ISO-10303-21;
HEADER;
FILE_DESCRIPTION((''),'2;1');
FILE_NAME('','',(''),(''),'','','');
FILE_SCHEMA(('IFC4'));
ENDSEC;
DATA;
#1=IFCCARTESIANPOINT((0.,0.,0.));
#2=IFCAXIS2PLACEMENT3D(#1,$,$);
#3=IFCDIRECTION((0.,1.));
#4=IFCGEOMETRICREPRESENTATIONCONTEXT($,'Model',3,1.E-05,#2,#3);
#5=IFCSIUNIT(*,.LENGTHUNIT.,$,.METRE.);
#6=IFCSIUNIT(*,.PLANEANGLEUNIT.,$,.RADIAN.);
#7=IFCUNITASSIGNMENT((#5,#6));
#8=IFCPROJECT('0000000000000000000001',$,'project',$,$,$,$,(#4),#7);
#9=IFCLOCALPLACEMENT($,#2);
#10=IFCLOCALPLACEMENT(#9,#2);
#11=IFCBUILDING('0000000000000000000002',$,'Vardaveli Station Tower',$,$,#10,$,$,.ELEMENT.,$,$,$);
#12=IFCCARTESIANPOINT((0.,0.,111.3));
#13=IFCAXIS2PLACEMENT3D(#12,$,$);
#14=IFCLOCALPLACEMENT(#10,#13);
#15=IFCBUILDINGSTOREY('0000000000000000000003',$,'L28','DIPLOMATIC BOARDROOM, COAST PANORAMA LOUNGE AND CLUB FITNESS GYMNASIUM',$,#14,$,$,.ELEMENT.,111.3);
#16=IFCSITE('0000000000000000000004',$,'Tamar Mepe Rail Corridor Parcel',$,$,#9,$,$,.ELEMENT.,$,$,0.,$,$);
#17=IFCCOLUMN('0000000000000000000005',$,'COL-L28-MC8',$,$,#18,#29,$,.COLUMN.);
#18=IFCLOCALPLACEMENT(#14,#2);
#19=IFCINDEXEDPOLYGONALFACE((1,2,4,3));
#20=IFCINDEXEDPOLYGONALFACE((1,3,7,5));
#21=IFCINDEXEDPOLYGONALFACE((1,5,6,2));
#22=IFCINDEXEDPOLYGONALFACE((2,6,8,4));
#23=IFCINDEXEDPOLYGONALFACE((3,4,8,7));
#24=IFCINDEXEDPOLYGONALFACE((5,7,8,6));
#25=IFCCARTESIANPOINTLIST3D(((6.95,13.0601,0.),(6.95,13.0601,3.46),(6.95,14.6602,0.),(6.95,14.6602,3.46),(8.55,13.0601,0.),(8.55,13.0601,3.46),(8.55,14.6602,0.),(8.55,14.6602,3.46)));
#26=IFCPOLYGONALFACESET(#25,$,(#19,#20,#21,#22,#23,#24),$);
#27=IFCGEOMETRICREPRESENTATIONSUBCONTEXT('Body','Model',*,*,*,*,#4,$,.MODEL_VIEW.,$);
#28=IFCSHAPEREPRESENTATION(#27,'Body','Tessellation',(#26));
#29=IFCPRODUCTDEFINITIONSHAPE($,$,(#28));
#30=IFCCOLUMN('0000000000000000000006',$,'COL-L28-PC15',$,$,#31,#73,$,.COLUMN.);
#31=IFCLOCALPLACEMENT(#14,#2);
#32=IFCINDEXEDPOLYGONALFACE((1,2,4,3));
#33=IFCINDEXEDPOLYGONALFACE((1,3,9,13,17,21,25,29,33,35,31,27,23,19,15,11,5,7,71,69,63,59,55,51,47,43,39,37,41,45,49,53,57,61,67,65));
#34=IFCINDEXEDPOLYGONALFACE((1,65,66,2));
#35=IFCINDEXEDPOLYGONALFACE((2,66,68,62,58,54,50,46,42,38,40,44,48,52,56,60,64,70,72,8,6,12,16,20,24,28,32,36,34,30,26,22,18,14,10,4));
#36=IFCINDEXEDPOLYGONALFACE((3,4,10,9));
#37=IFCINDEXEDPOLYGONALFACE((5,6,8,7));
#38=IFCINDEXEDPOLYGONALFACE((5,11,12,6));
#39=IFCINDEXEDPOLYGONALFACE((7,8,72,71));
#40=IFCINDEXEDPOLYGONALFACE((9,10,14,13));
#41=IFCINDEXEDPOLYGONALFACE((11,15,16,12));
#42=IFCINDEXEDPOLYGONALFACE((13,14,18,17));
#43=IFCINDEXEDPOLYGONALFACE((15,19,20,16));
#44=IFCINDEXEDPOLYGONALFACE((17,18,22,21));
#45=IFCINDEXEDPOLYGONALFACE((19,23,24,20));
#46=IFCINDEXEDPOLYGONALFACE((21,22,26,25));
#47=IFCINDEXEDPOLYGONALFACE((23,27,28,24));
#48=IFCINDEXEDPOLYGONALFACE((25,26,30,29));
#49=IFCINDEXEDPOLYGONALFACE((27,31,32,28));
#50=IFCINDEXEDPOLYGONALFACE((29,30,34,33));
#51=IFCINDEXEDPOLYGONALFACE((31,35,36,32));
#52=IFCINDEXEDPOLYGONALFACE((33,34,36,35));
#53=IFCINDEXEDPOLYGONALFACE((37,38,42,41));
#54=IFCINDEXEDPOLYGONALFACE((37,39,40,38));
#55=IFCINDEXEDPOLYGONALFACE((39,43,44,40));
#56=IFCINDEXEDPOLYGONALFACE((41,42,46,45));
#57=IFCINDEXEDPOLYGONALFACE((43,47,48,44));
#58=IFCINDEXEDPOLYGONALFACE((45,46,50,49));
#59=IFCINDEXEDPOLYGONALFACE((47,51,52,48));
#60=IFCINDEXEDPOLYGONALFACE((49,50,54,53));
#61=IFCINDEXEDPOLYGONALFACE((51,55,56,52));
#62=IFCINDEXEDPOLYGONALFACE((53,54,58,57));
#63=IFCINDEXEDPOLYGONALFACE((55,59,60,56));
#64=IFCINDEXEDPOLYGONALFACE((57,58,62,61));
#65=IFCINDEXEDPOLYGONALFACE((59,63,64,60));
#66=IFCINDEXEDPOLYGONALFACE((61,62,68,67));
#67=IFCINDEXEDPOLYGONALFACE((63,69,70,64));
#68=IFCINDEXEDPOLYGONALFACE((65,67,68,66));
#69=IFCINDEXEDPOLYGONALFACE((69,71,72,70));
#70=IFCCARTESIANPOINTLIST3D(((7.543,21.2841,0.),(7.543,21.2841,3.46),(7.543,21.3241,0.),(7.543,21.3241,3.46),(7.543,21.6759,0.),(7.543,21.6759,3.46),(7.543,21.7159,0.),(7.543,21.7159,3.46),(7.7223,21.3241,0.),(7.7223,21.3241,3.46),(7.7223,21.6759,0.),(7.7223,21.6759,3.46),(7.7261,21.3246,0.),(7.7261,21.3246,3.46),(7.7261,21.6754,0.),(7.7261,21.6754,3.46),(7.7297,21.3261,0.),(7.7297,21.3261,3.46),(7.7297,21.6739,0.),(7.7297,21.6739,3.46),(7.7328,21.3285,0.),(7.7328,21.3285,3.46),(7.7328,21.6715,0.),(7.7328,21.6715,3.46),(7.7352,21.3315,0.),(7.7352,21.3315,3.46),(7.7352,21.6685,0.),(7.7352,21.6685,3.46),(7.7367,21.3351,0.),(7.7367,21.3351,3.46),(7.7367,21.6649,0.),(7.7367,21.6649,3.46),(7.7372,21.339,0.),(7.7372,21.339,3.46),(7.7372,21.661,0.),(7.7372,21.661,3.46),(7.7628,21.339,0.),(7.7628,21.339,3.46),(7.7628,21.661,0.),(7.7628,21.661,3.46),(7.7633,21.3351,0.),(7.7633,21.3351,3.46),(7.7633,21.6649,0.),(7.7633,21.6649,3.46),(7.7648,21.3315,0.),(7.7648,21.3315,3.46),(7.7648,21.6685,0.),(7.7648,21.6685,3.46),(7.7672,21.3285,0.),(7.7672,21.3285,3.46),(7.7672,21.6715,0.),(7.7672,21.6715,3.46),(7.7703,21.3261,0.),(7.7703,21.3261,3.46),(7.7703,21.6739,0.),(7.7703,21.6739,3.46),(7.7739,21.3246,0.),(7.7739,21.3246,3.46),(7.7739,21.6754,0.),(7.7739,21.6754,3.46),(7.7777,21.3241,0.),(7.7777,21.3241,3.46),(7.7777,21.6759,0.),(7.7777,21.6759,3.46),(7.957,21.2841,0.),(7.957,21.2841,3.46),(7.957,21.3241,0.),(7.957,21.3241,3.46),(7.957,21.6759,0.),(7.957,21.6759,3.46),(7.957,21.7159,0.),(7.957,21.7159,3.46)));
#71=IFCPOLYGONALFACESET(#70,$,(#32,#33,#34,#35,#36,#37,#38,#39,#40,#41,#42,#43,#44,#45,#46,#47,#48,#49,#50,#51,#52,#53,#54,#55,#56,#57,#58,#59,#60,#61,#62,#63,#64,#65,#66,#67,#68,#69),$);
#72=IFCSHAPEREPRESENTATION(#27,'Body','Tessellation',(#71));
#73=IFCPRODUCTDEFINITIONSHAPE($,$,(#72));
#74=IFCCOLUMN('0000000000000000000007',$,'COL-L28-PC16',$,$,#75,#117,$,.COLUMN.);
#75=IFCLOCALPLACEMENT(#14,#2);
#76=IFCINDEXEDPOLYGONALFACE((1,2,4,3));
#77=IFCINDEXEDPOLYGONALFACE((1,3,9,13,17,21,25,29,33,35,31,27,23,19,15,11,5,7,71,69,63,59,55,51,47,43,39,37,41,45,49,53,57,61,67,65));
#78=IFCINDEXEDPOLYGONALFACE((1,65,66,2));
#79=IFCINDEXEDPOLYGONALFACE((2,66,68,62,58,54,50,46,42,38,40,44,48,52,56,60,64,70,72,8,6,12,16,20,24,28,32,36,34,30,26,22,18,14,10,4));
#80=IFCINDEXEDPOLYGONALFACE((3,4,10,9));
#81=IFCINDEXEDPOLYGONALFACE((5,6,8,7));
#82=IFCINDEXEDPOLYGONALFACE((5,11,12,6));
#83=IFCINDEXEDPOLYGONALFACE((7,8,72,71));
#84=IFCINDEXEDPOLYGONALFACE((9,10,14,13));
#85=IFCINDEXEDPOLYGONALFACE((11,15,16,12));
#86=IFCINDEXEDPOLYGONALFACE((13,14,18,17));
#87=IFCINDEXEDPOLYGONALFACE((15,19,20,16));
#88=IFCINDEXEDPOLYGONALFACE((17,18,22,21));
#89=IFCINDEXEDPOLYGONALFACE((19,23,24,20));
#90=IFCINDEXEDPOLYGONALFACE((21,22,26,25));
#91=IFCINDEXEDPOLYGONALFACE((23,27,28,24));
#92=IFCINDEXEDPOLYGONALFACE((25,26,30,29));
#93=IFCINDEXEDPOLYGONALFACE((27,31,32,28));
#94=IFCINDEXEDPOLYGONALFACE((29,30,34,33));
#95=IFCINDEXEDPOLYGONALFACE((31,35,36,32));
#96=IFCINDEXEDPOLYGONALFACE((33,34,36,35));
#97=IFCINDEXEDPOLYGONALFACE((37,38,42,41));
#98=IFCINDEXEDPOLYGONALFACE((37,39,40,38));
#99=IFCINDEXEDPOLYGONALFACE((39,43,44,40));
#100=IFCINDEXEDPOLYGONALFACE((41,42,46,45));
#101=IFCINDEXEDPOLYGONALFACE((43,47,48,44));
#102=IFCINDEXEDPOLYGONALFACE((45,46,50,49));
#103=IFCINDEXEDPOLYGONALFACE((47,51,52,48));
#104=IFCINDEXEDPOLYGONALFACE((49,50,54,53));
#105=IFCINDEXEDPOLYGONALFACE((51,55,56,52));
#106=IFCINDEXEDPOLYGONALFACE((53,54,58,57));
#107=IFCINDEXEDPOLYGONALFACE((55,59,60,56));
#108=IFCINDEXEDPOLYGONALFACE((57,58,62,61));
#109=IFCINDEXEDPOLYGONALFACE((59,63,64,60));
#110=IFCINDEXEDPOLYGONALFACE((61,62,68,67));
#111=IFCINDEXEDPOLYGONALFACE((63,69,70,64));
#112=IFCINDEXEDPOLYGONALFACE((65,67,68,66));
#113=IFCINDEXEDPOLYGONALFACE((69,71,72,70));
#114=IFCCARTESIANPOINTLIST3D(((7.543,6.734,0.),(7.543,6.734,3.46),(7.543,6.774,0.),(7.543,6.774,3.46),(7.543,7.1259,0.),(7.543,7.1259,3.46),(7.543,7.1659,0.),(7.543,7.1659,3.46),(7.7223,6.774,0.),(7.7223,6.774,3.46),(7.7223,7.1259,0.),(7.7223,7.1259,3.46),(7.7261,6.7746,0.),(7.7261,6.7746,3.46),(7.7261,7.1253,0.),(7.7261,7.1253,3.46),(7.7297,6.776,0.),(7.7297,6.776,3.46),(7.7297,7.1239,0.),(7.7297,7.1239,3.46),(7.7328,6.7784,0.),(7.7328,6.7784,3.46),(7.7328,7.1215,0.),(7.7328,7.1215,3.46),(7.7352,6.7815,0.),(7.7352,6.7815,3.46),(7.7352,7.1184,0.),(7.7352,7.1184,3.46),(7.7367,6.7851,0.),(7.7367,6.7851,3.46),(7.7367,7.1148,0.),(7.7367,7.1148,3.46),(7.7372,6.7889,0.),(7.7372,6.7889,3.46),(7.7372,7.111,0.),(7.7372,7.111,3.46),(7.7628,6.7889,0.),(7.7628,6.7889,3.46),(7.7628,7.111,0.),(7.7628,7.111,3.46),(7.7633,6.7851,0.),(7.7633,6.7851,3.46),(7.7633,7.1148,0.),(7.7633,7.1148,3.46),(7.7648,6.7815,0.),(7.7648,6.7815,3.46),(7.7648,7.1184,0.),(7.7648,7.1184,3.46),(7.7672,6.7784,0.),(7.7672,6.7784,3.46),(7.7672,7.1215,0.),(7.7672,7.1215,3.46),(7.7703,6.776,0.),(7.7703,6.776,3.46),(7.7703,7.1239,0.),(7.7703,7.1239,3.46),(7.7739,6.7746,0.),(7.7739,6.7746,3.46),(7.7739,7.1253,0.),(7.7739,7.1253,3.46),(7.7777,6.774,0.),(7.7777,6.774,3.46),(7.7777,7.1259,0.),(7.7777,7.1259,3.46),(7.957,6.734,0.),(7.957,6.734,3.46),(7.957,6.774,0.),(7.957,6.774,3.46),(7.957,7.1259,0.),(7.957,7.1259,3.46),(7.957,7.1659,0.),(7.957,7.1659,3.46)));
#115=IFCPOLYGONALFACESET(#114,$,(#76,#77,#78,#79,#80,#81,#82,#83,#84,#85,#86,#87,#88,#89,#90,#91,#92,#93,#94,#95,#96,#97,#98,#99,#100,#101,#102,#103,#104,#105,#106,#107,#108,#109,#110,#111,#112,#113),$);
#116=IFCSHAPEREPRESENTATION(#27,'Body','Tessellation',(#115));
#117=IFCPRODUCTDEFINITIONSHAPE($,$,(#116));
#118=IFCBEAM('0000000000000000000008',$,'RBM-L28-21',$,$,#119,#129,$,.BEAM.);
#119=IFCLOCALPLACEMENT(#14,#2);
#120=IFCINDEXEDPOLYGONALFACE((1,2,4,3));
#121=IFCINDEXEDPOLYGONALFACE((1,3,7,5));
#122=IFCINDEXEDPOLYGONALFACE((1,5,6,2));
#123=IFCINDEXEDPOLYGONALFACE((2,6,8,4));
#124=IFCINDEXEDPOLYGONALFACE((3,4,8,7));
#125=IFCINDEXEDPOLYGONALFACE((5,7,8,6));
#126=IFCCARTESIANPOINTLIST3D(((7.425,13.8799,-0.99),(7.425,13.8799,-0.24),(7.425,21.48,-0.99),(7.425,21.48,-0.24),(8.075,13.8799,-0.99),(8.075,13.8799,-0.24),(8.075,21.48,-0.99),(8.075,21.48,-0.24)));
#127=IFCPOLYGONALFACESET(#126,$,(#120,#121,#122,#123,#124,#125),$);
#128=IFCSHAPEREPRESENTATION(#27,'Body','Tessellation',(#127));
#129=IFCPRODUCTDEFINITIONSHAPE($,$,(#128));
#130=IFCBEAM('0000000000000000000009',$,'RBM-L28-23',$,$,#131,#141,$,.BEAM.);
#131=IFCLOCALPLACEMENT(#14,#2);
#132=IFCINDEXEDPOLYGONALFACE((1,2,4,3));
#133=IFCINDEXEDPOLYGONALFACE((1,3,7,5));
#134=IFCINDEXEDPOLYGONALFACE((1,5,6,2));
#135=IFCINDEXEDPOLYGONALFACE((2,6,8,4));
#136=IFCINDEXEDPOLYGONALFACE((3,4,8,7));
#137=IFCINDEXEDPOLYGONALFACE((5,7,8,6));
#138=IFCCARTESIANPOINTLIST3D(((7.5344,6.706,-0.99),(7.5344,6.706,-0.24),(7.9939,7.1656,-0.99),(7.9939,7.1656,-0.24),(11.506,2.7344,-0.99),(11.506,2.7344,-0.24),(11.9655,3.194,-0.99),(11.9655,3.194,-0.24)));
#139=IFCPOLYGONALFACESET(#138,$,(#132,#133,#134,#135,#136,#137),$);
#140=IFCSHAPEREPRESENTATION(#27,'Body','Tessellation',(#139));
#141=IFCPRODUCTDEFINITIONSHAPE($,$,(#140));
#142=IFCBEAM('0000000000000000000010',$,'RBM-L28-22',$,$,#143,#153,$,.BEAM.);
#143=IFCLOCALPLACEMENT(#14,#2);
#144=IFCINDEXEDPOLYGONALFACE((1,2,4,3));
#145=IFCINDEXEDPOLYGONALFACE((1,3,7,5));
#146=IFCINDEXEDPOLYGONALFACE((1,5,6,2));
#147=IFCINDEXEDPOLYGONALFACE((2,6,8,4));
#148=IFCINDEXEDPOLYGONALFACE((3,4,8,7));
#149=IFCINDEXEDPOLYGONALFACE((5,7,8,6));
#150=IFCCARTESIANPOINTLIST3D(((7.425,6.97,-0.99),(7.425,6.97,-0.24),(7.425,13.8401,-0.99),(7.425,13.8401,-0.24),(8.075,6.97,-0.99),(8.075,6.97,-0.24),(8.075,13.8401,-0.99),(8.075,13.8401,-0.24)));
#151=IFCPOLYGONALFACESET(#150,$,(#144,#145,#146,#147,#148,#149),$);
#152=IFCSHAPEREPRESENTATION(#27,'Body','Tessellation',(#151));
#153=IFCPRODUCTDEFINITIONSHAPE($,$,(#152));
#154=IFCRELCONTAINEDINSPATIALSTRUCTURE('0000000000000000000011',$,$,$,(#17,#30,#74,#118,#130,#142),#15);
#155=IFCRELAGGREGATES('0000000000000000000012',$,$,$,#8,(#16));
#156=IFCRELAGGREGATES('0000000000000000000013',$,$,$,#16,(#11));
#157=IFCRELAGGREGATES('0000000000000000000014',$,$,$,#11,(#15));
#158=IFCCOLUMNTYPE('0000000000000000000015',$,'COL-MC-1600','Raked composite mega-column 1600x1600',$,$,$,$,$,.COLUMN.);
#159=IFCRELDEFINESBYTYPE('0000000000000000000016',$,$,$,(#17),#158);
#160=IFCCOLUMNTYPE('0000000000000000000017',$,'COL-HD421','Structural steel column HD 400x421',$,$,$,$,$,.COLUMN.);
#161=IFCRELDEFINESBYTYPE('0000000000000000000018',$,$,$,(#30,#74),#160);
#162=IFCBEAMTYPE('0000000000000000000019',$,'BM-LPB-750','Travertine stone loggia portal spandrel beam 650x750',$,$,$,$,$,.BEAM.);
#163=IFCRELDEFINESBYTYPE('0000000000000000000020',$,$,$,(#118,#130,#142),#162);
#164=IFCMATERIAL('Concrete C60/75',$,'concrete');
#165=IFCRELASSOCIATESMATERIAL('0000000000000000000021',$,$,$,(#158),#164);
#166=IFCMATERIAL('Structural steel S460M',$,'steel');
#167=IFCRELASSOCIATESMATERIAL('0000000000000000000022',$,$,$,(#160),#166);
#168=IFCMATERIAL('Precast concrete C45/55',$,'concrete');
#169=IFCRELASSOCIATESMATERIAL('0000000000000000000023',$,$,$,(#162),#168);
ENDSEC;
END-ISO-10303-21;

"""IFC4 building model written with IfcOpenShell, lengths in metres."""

from ifc_helpers import new_model, si_unit, direction, frame, origin, origin_2d, place, context, subcontext, project, spatial, rectangle, i_section, extrude, source, transform, mapped, material, material_profile, profile_set, type_object, element, save


model = new_model("IFC4")

# Units and contexts
model_context = context("Model", 3, precision=1e-05, world=origin(), true_north=direction((0.0, 1.0)))
body_context = subcontext(model_context, "Body", "Model", "MODEL_VIEW")
ifc_project = project(units=[si_unit("LENGTHUNIT", "METRE"), si_unit("PLANEANGLEUNIT", "RADIAN")], contexts=[model_context])

# Site, building, storey
site_placement = place(None, origin())
site = spatial("IfcSite", under=ifc_project, at=site_placement, Name="Tamar Mepe Rail Corridor Parcel", CompositionType="ELEMENT", RefElevation=0.0)
building_placement = place(site_placement, origin())
building = spatial("IfcBuilding", under=site, at=building_placement, Name="Vardaveli Station Tower", CompositionType="ELEMENT")
storey_placement = place(building_placement, frame((0.0, 0.0, 111.3)))
storey = spatial("IfcBuildingStorey", under=building, at=storey_placement, Name="L28", Description="DIPLOMATIC BOARDROOM, COAST PANORAMA LOUNGE AND CLUB FITNESS GYMNASIUM", CompositionType="ELEMENT", Elevation=111.3)

# Columns
ifc_material_1 = material(Name="Concrete C60/75", Category="concrete")
ifc_material_profile_1 = material_profile(ifc_material_1, rectangle(XDim=1.6001, YDim=1.6001, at=origin_2d()), Name="MC 1600x1600")
ifc_profile_set_1 = profile_set([ifc_material_profile_1], Name="Concrete C60/75")
column_type_1 = type_object("IfcColumnType", Name="COL-MC-1600", Description="Raked composite mega-column 1600x1600", PredefinedType="COLUMN", material=ifc_profile_set_1)
shared_shape_1 = source(origin(), body_context, "Body", "SweptSolid", [
    extrude(rectangle(XDim=1.6001, YDim=1.6001, at=origin_2d()), origin(), (0.0, 0.0, 1.0), 3.46),
])
column_placement = place(storey_placement, frame((7.75, 13.8601, 0.0), z_axis=(0.0, 0.0, 1.0), x_axis=(1.0, 0.0, 0.0)))
element("IfcColumn", 1, at=column_placement, inside=storey, type_object=column_type_1, Name="COL-L28-MC8", PredefinedType="COLUMN", context=body_context, shape_type="MappedRepresentation", body=[
    mapped(shared_shape_1, transform((0.0, 0.0, 0.0), scale=1.0)),
])
ifc_material_2 = material(Name="Structural steel S460M", Category="steel")
ifc_material_profile_2 = material_profile(ifc_material_2, i_section(OverallWidth=0.4141, OverallDepth=0.4319, WebThickness=0.0256, FlangeThickness=0.04, FilletRadius=0.0149, at=origin_2d()), Name="HD 400x421")
ifc_profile_set_2 = profile_set([ifc_material_profile_2], Name="Structural steel S460M")
column_type_2 = type_object("IfcColumnType", Name="COL-HD421", Description="Structural steel column HD 400x421", PredefinedType="COLUMN", material=ifc_profile_set_2)
shared_shape_2 = source(origin(), body_context, "Body", "SweptSolid", [
    extrude(i_section(OverallWidth=0.4141, OverallDepth=0.4319, WebThickness=0.0256, FlangeThickness=0.04, FilletRadius=0.0149, at=origin_2d()), origin(), (0.0, 0.0, 1.0), 3.46),
])
for number, where, z_axis, x_axis, name in (
    (2, (7.75, 21.5, 0.0), (0.0, 0.0, 1.0), (1.0, 0.0, 0.0), "COL-L28-PC15"),
    (3, (7.75, 6.95, 0.0), (0.0, 0.0, 1.0), (1.0, 0.0, 0.0), "COL-L28-PC16"),
):
    element("IfcColumn", number, at=place(storey_placement, frame(where, z_axis=z_axis, x_axis=x_axis)), inside=storey, type_object=column_type_2, Name=name, PredefinedType="COLUMN", context=body_context, shape_type="MappedRepresentation", body=[
        mapped(shared_shape_2, transform((0.0, 0.0, 0.0), scale=1.0)),
    ])

# Beams
ifc_material_3 = material(Name="Precast concrete C45/55", Category="concrete")
ifc_material_profile_3 = material_profile(ifc_material_3, rectangle(XDim=0.6499, YDim=0.75, at=origin_2d()), Name="LPB 650x750")
ifc_profile_set_3 = profile_set([ifc_material_profile_3], Name="Precast concrete C45/55")
beam_type_1 = type_object("IfcBeamType", Name="BM-LPB-750", Description="Travertine stone loggia portal spandrel beam 650x750", PredefinedType="BEAM", material=ifc_profile_set_3)
shared_shape_3 = source(origin(), body_context, "Body", "SweptSolid", [
    extrude(rectangle(XDim=0.6499, YDim=0.75, at=origin_2d()), origin(), (0.0, 0.0, 1.0), 7.6001),
])
beam_1_placement = place(storey_placement, frame((7.75, 21.48, -0.615), z_axis=(0.0, -1.0, 0.0), x_axis=(1.0, 0.0, 0.0)))
element("IfcBeam", 4, at=beam_1_placement, inside=storey, type_object=beam_type_1, Name="RBM-L28-21", PredefinedType="BEAM", context=body_context, shape_type="MappedRepresentation", body=[
    mapped(shared_shape_3, transform((0.0, 0.0, 0.0), scale=1.0)),
])
shared_shape_4 = source(origin(), body_context, "Body", "SweptSolid", [
    extrude(rectangle(XDim=0.6499, YDim=0.75, at=origin_2d()), origin(), (0.0, 0.0, 1.0), 5.6167),
])
beam_2_placement = place(storey_placement, frame((7.7642, 6.9358, -0.615), z_axis=(0.707107, -0.707107, 0.0), x_axis=(0.707107, 0.707107, 0.0)))
element("IfcBeam", 5, at=beam_2_placement, inside=storey, type_object=beam_type_1, Name="RBM-L28-23", PredefinedType="BEAM", context=body_context, shape_type="MappedRepresentation", body=[
    mapped(shared_shape_4, transform((0.0, 0.0, 0.0), scale=1.0)),
])
shared_shape_5 = source(origin(), body_context, "Body", "SweptSolid", [
    extrude(rectangle(XDim=0.6499, YDim=0.75, at=origin_2d()), origin(), (0.0, 0.0, 1.0), 6.8701),
])
beam_3_placement = place(storey_placement, frame((7.75, 13.8401, -0.615), z_axis=(0.0, -1.0, 0.0), x_axis=(1.0, 0.0, 0.0)))
element("IfcBeam", 6, at=beam_3_placement, inside=storey, type_object=beam_type_1, Name="RBM-L28-22", PredefinedType="BEAM", context=body_context, shape_type="MappedRepresentation", body=[
    mapped(shared_shape_5, transform((0.0, 0.0, 0.0), scale=1.0)),
])

save(model, "model.ifc")
